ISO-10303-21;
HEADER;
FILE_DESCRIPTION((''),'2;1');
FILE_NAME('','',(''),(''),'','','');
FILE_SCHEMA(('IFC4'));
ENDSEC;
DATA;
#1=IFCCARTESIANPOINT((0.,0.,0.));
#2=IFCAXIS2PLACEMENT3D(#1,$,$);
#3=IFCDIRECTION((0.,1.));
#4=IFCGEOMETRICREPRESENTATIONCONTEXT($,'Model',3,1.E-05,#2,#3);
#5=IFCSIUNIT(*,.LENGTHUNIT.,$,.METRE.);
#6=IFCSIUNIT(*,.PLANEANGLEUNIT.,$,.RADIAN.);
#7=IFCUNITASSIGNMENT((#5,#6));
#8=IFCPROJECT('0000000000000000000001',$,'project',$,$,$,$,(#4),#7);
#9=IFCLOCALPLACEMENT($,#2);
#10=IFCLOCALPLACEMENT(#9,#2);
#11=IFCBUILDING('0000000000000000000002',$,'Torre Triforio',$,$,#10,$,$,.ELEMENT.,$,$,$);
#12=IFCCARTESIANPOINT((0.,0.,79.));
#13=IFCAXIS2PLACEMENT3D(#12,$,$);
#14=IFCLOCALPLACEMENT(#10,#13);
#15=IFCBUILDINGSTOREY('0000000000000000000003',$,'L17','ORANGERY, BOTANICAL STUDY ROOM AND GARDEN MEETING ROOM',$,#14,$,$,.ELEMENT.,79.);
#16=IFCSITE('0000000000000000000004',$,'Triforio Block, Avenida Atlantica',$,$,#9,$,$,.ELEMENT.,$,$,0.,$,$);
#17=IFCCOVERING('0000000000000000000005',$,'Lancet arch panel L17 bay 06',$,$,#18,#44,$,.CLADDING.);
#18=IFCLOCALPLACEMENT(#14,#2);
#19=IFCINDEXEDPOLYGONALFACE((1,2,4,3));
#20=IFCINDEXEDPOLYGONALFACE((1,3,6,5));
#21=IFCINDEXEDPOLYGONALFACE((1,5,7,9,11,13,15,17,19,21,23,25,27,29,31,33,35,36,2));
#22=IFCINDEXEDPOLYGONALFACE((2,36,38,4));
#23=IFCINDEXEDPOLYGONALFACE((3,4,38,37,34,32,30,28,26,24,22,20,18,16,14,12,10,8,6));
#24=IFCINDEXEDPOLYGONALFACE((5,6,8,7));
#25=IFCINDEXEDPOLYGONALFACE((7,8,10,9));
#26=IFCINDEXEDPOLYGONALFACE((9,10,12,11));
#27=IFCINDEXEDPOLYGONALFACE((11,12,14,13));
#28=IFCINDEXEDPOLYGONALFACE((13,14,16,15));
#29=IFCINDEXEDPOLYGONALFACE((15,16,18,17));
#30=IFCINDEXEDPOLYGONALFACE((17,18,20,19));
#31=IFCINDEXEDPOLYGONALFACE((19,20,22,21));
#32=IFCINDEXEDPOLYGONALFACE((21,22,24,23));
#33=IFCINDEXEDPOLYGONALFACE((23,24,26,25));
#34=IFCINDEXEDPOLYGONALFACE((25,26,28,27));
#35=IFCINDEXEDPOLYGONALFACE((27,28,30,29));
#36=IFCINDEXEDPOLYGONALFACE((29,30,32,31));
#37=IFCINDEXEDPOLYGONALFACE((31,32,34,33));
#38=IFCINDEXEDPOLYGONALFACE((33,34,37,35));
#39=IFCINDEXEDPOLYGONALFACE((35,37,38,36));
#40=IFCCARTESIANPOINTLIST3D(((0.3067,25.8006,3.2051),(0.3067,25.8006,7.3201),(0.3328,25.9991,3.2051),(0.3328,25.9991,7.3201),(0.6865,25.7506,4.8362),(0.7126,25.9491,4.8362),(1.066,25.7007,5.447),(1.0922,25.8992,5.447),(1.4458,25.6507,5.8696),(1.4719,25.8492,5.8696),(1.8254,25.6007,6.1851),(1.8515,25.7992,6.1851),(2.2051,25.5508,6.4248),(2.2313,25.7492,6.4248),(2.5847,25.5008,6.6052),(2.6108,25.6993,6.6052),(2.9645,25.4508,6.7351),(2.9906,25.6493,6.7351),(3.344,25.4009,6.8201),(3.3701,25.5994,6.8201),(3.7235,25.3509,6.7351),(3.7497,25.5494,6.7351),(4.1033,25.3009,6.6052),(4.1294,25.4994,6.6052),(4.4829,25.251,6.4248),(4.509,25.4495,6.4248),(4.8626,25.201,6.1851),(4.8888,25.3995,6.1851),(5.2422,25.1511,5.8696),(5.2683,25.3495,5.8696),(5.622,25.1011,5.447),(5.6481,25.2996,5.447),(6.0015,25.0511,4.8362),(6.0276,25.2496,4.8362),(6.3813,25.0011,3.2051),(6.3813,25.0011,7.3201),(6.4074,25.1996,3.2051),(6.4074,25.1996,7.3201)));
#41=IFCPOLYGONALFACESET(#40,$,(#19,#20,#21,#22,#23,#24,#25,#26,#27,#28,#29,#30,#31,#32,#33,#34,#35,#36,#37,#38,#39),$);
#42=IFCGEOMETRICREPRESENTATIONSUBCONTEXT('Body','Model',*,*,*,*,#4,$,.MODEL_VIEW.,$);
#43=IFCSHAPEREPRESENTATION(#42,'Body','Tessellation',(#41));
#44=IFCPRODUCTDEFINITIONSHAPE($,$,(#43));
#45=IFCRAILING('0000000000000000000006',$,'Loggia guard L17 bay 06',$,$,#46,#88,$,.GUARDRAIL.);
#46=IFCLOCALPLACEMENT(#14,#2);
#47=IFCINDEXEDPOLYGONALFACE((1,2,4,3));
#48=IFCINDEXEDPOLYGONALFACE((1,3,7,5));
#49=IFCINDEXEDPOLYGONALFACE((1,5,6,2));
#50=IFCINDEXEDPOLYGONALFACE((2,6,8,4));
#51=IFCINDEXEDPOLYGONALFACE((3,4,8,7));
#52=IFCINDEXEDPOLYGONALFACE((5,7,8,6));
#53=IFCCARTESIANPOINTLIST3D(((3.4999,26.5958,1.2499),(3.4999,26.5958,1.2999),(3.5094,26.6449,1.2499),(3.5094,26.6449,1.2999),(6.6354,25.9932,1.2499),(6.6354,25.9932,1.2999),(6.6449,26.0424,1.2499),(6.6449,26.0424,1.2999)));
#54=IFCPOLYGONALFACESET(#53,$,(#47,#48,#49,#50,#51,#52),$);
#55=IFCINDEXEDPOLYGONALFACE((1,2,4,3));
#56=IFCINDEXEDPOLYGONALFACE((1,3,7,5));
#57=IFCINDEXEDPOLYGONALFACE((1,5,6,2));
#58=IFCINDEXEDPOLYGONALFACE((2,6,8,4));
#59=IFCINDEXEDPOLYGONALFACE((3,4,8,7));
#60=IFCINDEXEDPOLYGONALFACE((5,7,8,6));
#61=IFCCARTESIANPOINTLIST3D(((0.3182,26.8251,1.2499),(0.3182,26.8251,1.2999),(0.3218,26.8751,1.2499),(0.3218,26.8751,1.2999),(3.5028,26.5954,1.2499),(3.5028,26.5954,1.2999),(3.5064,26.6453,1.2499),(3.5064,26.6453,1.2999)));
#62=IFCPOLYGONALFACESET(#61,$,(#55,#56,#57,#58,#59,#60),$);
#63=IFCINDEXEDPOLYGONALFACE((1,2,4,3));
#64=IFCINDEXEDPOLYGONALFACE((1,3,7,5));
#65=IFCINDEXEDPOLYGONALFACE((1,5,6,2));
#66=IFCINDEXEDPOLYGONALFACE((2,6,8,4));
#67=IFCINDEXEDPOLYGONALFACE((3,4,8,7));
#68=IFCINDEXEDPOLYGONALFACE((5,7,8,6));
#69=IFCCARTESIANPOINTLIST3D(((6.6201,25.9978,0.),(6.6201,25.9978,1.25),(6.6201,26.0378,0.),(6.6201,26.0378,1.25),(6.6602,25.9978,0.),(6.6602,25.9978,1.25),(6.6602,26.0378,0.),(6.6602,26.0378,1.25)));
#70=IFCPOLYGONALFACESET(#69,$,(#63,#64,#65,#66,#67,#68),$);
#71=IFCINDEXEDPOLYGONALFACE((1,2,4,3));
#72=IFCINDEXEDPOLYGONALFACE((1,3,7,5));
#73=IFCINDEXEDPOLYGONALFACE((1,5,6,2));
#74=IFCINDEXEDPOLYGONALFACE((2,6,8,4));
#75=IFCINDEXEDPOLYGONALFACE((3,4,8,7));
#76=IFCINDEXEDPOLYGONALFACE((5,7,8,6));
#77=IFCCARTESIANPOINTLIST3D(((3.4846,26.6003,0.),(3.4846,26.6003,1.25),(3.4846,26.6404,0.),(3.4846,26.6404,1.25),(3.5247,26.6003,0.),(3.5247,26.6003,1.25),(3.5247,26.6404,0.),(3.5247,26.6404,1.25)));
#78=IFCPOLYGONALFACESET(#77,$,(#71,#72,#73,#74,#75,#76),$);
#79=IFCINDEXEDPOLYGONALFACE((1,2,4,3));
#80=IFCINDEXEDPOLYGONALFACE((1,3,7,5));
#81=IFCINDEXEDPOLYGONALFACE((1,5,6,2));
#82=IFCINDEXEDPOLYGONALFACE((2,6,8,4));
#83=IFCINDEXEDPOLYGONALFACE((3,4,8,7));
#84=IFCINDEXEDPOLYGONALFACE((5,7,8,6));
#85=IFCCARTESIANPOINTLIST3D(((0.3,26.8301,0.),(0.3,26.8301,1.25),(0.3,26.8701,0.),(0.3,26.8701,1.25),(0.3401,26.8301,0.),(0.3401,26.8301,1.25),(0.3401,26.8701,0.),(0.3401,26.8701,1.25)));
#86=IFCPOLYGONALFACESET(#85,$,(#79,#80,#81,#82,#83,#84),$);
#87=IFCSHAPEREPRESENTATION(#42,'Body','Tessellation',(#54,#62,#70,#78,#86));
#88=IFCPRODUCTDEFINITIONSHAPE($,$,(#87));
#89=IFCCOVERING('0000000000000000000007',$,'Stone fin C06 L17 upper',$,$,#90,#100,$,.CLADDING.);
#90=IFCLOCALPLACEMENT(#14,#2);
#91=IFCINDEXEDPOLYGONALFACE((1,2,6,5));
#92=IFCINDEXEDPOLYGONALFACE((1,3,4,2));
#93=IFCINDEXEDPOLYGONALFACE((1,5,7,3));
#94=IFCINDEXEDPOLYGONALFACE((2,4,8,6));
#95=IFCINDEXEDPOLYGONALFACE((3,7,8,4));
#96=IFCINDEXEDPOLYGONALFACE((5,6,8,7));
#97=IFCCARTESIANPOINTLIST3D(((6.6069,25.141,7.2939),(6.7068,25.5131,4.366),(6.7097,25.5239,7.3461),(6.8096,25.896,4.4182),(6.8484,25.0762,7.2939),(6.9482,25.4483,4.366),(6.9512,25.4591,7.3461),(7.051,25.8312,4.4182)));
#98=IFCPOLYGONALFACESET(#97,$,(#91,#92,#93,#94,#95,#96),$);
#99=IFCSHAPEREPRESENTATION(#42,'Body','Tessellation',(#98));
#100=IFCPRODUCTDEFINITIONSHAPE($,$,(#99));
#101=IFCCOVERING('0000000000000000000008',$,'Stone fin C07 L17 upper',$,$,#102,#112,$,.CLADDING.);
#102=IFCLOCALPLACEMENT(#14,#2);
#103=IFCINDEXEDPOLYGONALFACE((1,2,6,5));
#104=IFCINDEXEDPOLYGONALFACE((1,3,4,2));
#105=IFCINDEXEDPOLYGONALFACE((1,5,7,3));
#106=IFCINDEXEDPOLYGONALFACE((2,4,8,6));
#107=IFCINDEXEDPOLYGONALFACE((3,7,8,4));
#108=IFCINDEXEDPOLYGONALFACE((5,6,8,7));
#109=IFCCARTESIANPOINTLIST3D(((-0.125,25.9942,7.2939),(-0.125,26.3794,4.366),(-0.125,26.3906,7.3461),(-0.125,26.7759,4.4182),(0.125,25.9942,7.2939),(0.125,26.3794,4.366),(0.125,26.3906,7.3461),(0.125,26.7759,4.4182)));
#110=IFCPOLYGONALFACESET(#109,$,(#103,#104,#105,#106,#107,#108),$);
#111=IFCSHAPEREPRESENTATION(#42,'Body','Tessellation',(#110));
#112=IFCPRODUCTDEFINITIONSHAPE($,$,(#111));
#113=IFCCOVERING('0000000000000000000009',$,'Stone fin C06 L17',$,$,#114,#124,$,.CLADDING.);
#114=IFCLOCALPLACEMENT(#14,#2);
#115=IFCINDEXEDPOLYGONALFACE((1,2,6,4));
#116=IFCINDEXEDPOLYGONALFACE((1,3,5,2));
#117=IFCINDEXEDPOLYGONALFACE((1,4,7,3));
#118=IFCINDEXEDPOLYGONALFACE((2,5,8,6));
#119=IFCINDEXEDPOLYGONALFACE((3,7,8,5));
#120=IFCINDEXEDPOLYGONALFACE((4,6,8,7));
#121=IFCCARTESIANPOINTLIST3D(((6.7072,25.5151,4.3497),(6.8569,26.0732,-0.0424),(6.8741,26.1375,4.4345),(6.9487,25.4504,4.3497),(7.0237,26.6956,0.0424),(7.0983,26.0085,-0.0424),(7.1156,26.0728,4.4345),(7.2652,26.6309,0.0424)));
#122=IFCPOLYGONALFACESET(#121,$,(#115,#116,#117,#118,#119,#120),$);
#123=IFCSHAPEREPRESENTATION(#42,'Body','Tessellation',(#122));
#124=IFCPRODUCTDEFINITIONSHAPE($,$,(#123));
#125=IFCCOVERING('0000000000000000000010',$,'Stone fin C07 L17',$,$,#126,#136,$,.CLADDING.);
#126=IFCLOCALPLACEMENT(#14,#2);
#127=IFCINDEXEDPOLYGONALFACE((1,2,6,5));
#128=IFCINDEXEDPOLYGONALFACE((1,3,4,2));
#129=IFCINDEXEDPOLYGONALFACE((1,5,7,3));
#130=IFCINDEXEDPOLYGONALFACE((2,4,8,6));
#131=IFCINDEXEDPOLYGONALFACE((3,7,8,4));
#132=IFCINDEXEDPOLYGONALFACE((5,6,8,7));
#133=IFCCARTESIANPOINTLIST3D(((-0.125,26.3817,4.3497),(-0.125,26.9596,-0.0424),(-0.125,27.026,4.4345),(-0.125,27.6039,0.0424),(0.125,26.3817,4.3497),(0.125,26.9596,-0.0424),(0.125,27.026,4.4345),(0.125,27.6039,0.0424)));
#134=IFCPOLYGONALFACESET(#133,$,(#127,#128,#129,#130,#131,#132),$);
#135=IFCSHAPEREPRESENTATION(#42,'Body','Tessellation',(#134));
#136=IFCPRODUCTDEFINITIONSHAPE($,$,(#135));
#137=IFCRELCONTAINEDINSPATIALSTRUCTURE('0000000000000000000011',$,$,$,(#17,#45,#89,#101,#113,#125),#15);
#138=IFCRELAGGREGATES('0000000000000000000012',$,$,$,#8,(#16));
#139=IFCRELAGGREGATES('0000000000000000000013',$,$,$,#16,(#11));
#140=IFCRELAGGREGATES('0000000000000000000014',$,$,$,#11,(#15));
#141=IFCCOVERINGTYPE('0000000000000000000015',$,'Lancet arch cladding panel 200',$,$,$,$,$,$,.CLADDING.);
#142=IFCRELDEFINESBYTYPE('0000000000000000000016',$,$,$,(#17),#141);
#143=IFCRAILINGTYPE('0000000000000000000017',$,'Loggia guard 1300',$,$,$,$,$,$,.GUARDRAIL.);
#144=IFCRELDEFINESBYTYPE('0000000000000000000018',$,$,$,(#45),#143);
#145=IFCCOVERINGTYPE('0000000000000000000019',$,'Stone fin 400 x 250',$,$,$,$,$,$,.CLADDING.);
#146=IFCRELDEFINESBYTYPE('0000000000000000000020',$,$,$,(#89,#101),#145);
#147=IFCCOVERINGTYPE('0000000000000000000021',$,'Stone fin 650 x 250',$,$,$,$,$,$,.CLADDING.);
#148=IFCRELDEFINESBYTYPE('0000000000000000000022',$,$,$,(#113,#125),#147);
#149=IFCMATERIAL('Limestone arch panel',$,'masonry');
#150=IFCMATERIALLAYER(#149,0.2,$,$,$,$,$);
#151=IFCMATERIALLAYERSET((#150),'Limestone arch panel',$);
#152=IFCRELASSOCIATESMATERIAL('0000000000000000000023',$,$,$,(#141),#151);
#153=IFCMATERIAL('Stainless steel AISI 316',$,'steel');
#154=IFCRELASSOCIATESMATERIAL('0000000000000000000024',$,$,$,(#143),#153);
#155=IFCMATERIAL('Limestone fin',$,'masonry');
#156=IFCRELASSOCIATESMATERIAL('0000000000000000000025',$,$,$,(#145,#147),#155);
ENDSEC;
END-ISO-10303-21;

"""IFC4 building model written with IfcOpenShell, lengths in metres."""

from ifc_helpers import new_model, si_unit, direction, frame, origin, origin_2d, place, context, subcontext, project, spatial, polyline, rectangle, outline, extrude, material, layer, layer_set, material_profile, profile_set, type_object, element, save


model = new_model("IFC4")

# Units and contexts
model_context = context("Model", 3, precision=1e-05, world=origin(), true_north=direction((0.0, 1.0)))
body_context = subcontext(model_context, "Body", "Model", "MODEL_VIEW")
ifc_project = project(units=[si_unit("LENGTHUNIT", "METRE"), si_unit("PLANEANGLEUNIT", "RADIAN")], contexts=[model_context])

# Site, building, storey
site_placement = place(None, origin())
site = spatial("IfcSite", under=ifc_project, at=site_placement, Name="Triforio Block, Avenida Atlantica", CompositionType="ELEMENT", RefElevation=0.0)
building_placement = place(site_placement, origin())
building = spatial("IfcBuilding", under=site, at=building_placement, Name="Torre Triforio", CompositionType="ELEMENT")
storey_placement = place(building_placement, frame((0.0, 0.0, 79.0)))
storey = spatial("IfcBuildingStorey", under=building, at=storey_placement, Name="L17", Description="ORANGERY, BOTANICAL STUDY ROOM AND GARDEN MEETING ROOM", CompositionType="ELEMENT", Elevation=79.0)

# Covering
ifc_material_1 = material(Name="Limestone arch panel", Category="masonry")
ifc_layer_1 = layer(ifc_material_1, 0.2)
ifc_layer_set_1 = layer_set([ifc_layer_1], Name="Limestone arch panel")
covering_type_1 = type_object("IfcCoveringType", Name="Lancet arch cladding panel 200", PredefinedType="CLADDING", material=ifc_layer_set_1)
covering_placement = place(storey_placement, frame((3.344, 25.4009, 0.0), z_axis=(0.130486, 0.99145, 0.0), x_axis=(-0.99145, 0.130486, 0.0)))
element("IfcCovering", 1, at=covering_placement, inside=storey, type_object=covering_type_1, Name="Lancet arch panel L17 bay 06", PredefinedType="CLADDING", context=body_context, shape_type="SweptSolid", body=[
    extrude(outline(polyline([(-3.0635, 7.3201), (-3.0635, 3.2051), (-2.6804, 4.8362), (-2.2976, 5.447), (-1.9146, 5.8696), (-1.5317, 6.1851), (-1.1487, 6.4248), (-0.7659, 6.6052), (-0.3828, 6.7351), (0.0, 6.8201), (0.3828, 6.7351), (0.7659, 6.6052), (1.1487, 6.4248), (1.5317, 6.1851), (1.9146, 5.8696), (2.2976, 5.447), (2.6804, 4.8362), (3.0635, 3.2051), (3.0635, 7.3201), (-3.0635, 7.3201)])), origin(), (0.0, 0.0, 1.0), 0.2002),
])

# Railing
ifc_material_2 = material(Name="Stainless steel AISI 316", Category="steel")
railing_type = type_object("IfcRailingType", Name="Loggia guard 1300", PredefinedType="GUARDRAIL", material=ifc_material_2)
railing_placement = place(storey_placement, frame((6.6401, 26.0178, 0.0)))
element("IfcRailing", 2, at=railing_placement, inside=storey, type_object=railing_type, Name="Loggia guard L17 bay 06", PredefinedType="GUARDRAIL", context=body_context, shape_type="SweptSolid", body=[
    extrude(rectangle(XDim=0.05, YDim=0.05, at=origin_2d()), frame((0.0, 0.0, 1.2749), z_axis=(-0.982032, 0.188714, 0.0), x_axis=(-0.188714, -0.982032, 0.0)), (0.0, 0.0, 1.0), 3.1929),
    extrude(rectangle(XDim=0.05, YDim=0.05, at=origin_2d()), frame((-3.1355, 0.6025, 1.2749), z_axis=(-0.997408, 0.071953, 0.0), x_axis=(-0.071953, -0.997408, 0.0)), (0.0, 0.0, 1.0), 3.1929),
    extrude(rectangle(XDim=0.04, YDim=0.04, at=origin_2d()), origin(), (0.0, 0.0, 1.0), 1.25),
    extrude(rectangle(XDim=0.04, YDim=0.04, at=origin_2d()), frame((-3.1355, 0.6025, 0.0)), (0.0, 0.0, 1.0), 1.25),
    extrude(rectangle(XDim=0.04, YDim=0.04, at=origin_2d()), frame((-6.3201, 0.8323, 0.0)), (0.0, 0.0, 1.0), 1.25),
])

# Coverings
ifc_material_3 = material(Name="Limestone fin", Category="masonry")
ifc_material_profile_1 = material_profile(ifc_material_3, rectangle(XDim=0.3999, YDim=0.25, at=origin_2d()), Name="FIN 400x250")
ifc_profile_set_1 = profile_set([ifc_material_profile_1], Name="Limestone fin")
covering_type_2 = type_object("IfcCoveringType", Name="Stone fin 400 x 250", PredefinedType="CLADDING", material=ifc_profile_set_1)
for number, where, z_axis, x_axis, name in (
    (3, (6.8789, 25.6721, 4.3921), (-0.033812, -0.125988, 0.991455), (0.256986, 0.957571, 0.130447), "Stone fin C06 L17 upper"),
    (4, (0.0, 26.5776, 4.3921), (0.0, -0.130452, 0.991455), (0.0, 0.991455, 0.130452), "Stone fin C07 L17 upper"),
):
    element("IfcCovering", number, at=place(storey_placement, frame(where, z_axis=z_axis, x_axis=x_axis)), inside=storey, type_object=covering_type_2, Name=name, PredefinedType="CLADDING", context=body_context, shape_type="SweptSolid", body=[
        extrude(rectangle(XDim=0.3999, YDim=0.25, at=origin_2d()), origin(), (0.0, 0.0, 1.0), 2.9531),
    ])
ifc_material_profile_2 = material_profile(ifc_material_3, rectangle(XDim=0.6499, YDim=0.25, at=origin_2d()), Name="FIN 650x250")
ifc_profile_set_2 = profile_set([ifc_material_profile_2], Name="Limestone fin")
covering_type_3 = type_object("IfcCoveringType", Name="Stone fin 650 x 250", PredefinedType="CLADDING", material=ifc_profile_set_2)
for number, where, z_axis, x_axis, name in (
    (5, (7.061, 26.3521, 0.0), (-0.033783, -0.125985, 0.991457), (0.256791, 0.957625, 0.130436), "Stone fin C06 L17"),
    (6, (0.0, 27.2817, 0.0), (0.0, -0.130449, 0.991455), (0.0, 0.991455, 0.130449), "Stone fin C07 L17"),
):
    element("IfcCovering", number, at=place(storey_placement, frame(where, z_axis=z_axis, x_axis=x_axis)), inside=storey, type_object=covering_type_3, Name=name, PredefinedType="CLADDING", context=body_context, shape_type="SweptSolid", body=[
        extrude(rectangle(XDim=0.6499, YDim=0.25, at=origin_2d()), origin(), (0.0, 0.0, 1.0), 4.4299),
    ])

save(model, "model.ifc")
